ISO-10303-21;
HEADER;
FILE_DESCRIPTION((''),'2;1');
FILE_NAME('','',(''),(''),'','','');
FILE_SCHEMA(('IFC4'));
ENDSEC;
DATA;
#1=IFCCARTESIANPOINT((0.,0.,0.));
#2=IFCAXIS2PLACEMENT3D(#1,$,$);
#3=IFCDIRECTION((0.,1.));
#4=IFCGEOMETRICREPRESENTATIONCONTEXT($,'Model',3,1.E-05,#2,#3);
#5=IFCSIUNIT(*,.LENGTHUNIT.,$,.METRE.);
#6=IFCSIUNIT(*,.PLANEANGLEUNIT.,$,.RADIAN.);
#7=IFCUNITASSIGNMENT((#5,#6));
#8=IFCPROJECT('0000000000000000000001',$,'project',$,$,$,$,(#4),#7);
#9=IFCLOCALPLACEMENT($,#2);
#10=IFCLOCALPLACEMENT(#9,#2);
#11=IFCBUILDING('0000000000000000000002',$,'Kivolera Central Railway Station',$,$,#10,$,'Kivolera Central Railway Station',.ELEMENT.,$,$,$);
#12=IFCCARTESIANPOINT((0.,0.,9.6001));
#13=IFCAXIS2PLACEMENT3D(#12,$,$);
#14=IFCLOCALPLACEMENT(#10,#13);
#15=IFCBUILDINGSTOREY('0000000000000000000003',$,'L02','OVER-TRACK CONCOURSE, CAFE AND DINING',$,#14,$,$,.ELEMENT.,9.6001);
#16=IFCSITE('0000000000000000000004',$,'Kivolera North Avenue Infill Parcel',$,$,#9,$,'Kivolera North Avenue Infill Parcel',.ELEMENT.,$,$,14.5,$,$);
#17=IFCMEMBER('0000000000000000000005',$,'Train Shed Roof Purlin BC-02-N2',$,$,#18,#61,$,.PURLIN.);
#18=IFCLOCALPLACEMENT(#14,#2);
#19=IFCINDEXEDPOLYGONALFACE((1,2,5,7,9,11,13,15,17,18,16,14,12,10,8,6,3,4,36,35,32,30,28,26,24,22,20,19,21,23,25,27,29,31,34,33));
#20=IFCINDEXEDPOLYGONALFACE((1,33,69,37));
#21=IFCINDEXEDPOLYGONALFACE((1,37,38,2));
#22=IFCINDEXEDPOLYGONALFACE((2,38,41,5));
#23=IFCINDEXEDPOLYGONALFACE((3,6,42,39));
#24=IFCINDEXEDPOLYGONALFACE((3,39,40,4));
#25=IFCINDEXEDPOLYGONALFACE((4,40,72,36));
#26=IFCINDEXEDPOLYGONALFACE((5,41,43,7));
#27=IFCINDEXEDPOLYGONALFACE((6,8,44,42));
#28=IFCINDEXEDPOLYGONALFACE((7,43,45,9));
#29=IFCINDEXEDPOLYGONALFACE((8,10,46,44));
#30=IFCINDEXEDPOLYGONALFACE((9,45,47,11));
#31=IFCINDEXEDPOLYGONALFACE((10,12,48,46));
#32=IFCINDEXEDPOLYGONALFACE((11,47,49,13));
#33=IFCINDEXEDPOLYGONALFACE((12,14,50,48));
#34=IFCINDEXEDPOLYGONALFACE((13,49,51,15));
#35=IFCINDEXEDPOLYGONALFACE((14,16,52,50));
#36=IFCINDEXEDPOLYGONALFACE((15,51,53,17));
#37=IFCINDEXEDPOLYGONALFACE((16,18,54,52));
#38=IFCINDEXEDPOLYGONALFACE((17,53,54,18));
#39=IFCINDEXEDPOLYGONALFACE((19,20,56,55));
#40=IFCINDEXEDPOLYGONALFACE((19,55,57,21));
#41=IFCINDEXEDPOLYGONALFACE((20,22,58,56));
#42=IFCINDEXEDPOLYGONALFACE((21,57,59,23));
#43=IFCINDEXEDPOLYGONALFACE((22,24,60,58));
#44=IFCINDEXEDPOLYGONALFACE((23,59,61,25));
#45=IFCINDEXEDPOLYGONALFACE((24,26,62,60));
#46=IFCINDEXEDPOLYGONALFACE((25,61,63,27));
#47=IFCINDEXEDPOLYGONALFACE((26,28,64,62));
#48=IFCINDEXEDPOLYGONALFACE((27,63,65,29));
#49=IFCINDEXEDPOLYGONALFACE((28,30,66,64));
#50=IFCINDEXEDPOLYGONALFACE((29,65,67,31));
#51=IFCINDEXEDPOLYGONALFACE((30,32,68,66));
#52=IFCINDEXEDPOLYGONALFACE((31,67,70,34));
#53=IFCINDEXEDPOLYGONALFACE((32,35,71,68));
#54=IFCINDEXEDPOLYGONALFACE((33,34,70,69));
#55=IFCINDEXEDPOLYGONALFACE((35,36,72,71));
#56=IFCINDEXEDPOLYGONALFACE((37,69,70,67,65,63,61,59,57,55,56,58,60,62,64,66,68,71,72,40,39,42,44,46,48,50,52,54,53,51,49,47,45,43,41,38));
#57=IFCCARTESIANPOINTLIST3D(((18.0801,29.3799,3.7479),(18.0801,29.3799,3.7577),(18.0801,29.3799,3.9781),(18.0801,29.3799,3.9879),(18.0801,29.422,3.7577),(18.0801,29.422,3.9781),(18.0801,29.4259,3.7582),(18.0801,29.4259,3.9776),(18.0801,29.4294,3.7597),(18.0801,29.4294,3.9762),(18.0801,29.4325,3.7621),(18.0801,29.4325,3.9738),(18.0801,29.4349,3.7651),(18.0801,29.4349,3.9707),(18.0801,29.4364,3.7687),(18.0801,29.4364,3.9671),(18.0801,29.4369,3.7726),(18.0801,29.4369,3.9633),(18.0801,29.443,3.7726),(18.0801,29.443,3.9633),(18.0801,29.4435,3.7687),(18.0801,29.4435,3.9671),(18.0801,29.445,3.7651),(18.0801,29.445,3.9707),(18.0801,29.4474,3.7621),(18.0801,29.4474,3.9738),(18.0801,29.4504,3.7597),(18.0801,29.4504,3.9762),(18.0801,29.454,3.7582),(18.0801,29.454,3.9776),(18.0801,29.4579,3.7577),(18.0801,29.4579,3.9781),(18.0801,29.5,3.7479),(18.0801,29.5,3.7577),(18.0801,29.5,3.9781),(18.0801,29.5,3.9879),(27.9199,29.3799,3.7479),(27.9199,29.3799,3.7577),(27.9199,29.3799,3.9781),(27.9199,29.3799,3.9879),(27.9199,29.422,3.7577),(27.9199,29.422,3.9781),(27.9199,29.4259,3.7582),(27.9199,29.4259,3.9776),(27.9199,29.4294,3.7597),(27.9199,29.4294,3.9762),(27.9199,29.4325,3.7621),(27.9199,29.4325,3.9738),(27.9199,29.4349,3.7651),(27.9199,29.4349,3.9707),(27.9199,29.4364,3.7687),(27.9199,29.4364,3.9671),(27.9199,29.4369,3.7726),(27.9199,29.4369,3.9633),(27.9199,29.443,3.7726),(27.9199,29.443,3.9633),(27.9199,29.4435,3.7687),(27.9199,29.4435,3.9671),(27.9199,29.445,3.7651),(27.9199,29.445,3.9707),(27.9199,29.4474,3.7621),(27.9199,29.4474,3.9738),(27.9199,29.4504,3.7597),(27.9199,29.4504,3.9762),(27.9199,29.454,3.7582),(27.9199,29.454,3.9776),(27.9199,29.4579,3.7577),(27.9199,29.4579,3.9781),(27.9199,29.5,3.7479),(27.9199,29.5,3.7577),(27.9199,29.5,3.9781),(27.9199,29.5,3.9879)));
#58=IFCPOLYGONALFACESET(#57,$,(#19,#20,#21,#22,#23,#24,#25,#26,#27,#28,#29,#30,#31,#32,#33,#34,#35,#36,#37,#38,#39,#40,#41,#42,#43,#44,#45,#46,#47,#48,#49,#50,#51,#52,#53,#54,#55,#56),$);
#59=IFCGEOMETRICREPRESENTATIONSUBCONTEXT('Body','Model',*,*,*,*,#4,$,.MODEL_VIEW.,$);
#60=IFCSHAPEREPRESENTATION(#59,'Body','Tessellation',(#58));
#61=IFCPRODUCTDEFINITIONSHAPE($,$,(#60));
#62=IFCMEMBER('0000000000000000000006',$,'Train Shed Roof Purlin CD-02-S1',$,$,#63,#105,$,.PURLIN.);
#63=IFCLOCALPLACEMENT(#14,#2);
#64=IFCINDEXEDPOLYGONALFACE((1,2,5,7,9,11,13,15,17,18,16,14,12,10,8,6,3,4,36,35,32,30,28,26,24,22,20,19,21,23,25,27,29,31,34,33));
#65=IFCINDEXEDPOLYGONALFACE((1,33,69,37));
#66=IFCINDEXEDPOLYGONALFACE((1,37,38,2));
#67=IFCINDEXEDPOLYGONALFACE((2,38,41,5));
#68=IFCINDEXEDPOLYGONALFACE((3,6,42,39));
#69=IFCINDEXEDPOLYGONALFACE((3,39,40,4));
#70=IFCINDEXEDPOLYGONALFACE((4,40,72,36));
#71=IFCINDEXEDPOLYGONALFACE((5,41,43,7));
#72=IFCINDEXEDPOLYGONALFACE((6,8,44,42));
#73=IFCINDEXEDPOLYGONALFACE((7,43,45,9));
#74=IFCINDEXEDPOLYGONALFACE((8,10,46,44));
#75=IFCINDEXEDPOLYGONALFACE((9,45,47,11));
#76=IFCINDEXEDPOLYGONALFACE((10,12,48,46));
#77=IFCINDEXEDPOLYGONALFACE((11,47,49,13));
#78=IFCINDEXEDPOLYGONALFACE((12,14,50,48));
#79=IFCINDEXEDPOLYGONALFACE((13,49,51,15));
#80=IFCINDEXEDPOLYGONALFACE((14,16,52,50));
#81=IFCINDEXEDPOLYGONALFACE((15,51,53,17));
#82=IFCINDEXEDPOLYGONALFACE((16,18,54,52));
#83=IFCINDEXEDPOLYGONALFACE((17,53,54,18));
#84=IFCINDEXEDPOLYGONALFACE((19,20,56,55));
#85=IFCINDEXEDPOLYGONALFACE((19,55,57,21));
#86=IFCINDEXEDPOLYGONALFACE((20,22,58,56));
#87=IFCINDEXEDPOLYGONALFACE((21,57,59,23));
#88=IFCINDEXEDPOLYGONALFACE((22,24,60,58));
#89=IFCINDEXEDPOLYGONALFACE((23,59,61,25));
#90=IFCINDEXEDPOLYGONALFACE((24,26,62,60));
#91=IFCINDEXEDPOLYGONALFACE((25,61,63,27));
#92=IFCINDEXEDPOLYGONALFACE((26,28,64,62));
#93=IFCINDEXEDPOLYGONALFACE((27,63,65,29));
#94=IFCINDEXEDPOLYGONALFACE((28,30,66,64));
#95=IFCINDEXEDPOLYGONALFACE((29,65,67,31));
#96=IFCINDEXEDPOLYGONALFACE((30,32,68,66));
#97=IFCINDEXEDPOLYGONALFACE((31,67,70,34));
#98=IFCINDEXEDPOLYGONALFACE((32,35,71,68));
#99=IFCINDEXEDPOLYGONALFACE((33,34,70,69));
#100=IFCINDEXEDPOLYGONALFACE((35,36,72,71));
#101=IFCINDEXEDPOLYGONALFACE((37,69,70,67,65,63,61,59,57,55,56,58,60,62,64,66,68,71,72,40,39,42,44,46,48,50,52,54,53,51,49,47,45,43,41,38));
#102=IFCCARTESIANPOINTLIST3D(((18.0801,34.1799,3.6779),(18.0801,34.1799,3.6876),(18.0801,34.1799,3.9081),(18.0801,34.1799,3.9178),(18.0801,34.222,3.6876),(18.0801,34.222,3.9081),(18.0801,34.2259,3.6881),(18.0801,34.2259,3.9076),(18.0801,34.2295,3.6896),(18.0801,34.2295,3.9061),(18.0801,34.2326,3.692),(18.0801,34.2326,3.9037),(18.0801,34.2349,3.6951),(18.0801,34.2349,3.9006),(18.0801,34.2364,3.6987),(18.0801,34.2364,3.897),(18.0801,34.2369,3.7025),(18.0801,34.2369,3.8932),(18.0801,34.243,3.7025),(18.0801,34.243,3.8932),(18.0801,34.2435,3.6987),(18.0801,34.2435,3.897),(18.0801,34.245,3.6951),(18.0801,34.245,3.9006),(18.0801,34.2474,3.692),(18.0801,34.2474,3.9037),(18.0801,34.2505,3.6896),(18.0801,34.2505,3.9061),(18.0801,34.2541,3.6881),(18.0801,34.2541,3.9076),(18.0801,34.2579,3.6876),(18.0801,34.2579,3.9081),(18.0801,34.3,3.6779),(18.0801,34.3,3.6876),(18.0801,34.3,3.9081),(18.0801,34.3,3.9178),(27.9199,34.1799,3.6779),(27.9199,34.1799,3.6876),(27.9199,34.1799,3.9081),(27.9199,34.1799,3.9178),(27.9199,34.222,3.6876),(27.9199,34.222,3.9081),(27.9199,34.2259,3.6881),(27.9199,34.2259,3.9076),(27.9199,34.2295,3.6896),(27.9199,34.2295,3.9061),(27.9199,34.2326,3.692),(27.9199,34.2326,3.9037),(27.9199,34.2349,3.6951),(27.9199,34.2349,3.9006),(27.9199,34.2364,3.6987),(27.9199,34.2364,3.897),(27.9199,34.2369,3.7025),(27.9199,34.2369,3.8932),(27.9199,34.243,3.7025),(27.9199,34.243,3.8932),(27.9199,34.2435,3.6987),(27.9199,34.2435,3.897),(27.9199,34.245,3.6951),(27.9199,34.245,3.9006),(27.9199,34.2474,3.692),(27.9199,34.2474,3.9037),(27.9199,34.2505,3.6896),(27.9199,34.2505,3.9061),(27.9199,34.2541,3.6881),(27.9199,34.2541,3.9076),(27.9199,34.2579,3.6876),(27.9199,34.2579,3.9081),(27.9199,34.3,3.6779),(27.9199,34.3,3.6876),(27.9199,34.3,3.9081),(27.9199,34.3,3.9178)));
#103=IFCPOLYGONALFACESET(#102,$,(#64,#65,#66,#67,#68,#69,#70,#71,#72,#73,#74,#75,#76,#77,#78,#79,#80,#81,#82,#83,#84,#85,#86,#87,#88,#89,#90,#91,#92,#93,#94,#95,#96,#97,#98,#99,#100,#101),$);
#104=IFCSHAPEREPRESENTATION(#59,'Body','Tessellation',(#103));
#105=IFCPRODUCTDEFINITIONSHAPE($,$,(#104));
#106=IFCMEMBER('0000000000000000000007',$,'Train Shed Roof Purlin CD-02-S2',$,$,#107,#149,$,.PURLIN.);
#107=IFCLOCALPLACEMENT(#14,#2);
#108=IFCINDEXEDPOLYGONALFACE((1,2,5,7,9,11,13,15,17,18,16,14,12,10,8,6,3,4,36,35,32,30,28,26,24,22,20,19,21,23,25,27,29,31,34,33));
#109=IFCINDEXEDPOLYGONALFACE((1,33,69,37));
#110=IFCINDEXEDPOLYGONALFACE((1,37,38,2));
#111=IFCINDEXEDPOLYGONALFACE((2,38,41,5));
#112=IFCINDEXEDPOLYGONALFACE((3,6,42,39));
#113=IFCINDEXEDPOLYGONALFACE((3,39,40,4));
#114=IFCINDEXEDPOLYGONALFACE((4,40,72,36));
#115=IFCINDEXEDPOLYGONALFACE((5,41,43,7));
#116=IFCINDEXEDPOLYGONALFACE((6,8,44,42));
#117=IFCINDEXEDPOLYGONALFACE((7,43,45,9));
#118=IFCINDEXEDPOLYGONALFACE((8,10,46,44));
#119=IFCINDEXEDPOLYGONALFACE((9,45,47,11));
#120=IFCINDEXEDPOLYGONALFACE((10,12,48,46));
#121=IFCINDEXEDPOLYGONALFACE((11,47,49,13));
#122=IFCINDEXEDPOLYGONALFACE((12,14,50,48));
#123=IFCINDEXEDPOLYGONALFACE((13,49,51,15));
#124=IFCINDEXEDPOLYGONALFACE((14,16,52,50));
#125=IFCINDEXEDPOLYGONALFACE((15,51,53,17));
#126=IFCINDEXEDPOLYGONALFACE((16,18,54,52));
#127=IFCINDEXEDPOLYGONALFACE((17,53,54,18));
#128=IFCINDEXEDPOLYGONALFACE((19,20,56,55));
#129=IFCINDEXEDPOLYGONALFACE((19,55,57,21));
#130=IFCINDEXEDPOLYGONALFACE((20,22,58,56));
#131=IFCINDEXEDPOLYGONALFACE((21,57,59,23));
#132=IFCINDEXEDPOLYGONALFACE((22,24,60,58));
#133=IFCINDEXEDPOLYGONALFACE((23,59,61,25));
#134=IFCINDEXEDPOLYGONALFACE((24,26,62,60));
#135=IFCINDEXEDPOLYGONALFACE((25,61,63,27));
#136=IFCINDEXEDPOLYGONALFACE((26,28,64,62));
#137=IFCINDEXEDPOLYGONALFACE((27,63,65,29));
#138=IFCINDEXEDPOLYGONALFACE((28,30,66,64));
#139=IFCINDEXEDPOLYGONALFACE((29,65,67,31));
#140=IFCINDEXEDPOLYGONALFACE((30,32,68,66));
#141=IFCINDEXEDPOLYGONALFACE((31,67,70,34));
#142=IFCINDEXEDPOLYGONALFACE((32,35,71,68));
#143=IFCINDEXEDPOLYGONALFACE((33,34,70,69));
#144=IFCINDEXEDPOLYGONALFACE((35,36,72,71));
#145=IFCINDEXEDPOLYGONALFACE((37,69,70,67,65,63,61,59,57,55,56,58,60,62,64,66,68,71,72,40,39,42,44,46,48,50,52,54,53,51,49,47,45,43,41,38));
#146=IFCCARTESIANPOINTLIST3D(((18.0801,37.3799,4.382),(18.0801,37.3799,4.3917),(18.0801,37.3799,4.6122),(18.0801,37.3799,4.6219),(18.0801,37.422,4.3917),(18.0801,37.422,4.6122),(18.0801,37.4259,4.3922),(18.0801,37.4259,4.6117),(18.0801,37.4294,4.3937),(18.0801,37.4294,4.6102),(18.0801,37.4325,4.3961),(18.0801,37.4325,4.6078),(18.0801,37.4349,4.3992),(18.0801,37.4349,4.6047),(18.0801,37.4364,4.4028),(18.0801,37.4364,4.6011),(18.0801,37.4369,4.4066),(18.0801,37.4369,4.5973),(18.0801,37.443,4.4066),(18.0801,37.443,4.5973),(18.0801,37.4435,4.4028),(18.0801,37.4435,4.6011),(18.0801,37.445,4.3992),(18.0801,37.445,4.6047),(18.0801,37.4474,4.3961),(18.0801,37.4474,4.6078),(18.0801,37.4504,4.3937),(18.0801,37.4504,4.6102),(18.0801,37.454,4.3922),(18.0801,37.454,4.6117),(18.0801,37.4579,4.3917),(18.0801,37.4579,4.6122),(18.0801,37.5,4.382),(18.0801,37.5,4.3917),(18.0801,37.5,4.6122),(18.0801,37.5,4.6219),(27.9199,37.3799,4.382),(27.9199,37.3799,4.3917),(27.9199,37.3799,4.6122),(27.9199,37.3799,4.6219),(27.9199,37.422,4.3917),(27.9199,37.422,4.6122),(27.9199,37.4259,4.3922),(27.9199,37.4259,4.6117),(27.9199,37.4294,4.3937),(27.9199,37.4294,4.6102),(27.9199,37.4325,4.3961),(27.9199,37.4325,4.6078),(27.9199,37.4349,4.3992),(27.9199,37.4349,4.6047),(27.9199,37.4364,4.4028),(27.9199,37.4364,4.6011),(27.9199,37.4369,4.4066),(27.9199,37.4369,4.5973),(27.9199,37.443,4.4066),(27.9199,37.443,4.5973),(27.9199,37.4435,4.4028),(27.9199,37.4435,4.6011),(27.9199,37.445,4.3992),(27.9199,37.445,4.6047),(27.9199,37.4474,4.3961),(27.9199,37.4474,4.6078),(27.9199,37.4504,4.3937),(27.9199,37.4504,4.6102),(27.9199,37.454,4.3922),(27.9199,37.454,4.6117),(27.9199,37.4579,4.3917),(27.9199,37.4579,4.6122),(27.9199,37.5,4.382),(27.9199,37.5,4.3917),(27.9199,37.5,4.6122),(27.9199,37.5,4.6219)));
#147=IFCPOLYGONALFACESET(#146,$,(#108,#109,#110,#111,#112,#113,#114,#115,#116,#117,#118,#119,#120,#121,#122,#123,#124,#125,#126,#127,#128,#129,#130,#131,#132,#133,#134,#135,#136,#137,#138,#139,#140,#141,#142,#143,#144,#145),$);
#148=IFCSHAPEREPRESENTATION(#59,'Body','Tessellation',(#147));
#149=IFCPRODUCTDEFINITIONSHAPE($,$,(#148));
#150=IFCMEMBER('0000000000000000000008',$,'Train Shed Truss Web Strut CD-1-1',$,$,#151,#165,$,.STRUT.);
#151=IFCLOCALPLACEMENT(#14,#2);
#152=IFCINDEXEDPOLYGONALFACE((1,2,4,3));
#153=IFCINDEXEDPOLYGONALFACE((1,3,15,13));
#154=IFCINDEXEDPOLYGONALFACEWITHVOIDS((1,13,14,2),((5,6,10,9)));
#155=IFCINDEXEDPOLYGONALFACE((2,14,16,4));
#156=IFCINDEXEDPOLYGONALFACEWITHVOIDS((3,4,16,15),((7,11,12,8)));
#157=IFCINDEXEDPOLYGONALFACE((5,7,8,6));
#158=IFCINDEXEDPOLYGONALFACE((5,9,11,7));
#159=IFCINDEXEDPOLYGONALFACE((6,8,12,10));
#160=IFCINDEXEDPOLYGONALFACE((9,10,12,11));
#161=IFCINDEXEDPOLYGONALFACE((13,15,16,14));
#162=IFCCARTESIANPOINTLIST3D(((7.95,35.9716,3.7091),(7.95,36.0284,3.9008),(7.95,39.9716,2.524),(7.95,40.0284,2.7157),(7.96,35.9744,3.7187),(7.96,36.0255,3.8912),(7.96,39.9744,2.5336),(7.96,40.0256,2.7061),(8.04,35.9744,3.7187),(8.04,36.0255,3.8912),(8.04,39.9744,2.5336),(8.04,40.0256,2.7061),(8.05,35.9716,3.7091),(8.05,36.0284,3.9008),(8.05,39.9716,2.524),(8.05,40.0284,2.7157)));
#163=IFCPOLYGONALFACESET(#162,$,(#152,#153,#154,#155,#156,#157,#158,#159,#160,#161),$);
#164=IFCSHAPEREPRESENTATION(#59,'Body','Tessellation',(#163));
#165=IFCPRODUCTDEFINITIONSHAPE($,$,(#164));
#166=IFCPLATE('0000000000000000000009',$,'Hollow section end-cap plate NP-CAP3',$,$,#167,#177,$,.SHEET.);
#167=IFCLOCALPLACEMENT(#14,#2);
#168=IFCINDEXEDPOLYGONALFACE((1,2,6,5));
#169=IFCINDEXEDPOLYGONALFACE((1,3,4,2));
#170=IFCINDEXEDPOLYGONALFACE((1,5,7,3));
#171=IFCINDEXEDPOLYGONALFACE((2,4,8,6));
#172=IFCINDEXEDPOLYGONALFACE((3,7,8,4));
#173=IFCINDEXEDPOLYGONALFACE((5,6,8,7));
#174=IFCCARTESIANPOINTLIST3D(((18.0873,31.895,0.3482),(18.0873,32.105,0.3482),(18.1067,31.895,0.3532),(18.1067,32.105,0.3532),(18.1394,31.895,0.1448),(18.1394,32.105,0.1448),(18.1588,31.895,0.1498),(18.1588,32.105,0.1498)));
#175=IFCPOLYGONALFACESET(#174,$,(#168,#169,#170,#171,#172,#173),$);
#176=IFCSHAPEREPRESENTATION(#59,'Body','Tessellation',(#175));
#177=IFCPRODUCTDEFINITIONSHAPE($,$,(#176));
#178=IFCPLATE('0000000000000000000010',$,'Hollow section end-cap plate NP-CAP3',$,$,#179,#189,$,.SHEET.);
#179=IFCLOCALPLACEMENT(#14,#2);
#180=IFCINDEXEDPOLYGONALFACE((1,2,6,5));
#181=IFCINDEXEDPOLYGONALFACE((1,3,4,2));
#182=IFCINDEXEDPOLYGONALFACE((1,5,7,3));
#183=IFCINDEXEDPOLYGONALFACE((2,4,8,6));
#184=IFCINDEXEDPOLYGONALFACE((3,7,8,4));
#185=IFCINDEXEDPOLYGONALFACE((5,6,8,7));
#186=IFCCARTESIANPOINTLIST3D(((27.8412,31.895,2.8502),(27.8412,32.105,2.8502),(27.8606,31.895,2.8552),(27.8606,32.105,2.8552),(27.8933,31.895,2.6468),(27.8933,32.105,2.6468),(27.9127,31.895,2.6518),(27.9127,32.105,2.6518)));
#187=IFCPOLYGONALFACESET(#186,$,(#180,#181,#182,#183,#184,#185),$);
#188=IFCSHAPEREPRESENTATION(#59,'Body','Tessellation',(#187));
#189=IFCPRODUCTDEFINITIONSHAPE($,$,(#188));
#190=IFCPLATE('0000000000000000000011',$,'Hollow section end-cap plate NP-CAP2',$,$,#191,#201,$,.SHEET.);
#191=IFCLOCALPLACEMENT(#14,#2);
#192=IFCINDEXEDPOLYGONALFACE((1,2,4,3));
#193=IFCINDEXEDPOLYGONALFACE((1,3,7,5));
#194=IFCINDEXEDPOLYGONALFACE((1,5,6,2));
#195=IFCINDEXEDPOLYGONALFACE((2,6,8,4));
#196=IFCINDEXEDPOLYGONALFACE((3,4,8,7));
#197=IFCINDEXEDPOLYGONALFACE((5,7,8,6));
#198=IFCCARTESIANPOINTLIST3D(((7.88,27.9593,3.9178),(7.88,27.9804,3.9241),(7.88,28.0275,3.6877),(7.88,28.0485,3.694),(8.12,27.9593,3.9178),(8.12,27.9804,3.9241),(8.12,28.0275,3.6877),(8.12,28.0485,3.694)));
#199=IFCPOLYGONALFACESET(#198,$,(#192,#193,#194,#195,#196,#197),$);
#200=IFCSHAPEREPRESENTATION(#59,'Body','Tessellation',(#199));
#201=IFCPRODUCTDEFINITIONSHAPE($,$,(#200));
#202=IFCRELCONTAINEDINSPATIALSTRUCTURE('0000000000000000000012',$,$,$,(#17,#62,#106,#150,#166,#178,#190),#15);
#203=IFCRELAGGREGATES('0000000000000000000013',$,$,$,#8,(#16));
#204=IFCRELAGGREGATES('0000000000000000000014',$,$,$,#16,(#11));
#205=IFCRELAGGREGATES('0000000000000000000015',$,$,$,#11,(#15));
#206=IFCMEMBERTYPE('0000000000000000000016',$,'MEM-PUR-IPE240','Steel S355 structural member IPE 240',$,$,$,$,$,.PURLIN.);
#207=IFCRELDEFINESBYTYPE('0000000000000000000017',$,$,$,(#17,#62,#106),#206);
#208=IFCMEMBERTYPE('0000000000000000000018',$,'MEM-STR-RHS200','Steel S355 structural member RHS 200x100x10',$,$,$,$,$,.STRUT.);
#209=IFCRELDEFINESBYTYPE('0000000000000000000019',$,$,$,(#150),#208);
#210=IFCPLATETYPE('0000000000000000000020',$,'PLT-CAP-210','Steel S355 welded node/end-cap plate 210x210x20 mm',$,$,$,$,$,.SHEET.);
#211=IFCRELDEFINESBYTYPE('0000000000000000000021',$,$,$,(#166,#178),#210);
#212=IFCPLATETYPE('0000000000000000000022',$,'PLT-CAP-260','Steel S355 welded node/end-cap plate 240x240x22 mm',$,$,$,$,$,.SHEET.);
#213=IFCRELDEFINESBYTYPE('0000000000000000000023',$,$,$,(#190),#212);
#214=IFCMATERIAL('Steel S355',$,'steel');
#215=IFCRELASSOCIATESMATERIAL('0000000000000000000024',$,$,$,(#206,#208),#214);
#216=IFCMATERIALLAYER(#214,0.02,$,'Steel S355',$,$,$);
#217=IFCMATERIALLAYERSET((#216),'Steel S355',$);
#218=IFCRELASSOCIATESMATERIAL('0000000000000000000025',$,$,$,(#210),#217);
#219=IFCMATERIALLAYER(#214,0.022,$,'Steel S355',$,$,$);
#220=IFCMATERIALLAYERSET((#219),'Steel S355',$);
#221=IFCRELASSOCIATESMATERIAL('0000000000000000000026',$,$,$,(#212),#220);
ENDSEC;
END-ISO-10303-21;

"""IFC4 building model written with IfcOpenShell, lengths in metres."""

from ifc_helpers import new_model, si_unit, direction, frame, origin, origin_2d, place, context, subcontext, project, spatial, rectangle, hollow_rectangle, i_section, extrude, material, layer, layer_set, material_profile, profile_set, type_object, element, save


model = new_model("IFC4")

# Units and contexts
model_context = context("Model", 3, precision=1e-05, world=origin(), true_north=direction((0.0, 1.0)))
body_context = subcontext(model_context, "Body", "Model", "MODEL_VIEW")
ifc_project = project(units=[si_unit("LENGTHUNIT", "METRE"), si_unit("PLANEANGLEUNIT", "RADIAN")], contexts=[model_context])

# Site, building, storey
site_placement = place(None, origin())
site = spatial("IfcSite", under=ifc_project, at=site_placement, Name="Kivolera North Avenue Infill Parcel", LongName="Kivolera North Avenue Infill Parcel", CompositionType="ELEMENT", RefElevation=14.5)
building_placement = place(site_placement, origin())
building = spatial("IfcBuilding", under=site, at=building_placement, Name="Kivolera Central Railway Station", LongName="Kivolera Central Railway Station", CompositionType="ELEMENT")
storey_placement = place(building_placement, frame((0.0, 0.0, 9.6001)))
storey = spatial("IfcBuildingStorey", under=building, at=storey_placement, Name="L02", Description="OVER-TRACK CONCOURSE, CAFE AND DINING", CompositionType="ELEMENT", Elevation=9.6001)

# Shared definitions
ifc_material_1 = material(Name="Steel S355", Category="steel")

# Members
ifc_material_profile_1 = material_profile(ifc_material_1, i_section(OverallWidth=0.1201, OverallDepth=0.24, WebThickness=0.0061, FlangeThickness=0.0098, FilletRadius=0.0149, at=origin_2d()), Name="IPE 240")
ifc_profile_set_1 = profile_set([ifc_material_profile_1], Name="Steel S355")
member_type_1 = type_object("IfcMemberType", Name="MEM-PUR-IPE240", Description="Steel S355 structural member IPE 240", PredefinedType="PURLIN", material=ifc_profile_set_1)
for number, where, z_axis, x_axis, name in (
    (1, (18.0801, 29.4399, 3.8679), (1.0, 0.0, 0.0), (0.0, 1.0, 0.0), "Train Shed Roof Purlin BC-02-N2"),
    (2, (18.0801, 34.24, 3.7979), (1.0, 0.0, 0.0), (0.0, 1.0, 0.0), "Train Shed Roof Purlin CD-02-S1"),
    (3, (18.0801, 37.4399, 4.502), (1.0, 0.0, 0.0), (0.0, 1.0, 0.0), "Train Shed Roof Purlin CD-02-S2"),
):
    element("IfcMember", number, at=place(storey_placement, frame(where, z_axis=z_axis, x_axis=x_axis)), inside=storey, type_object=member_type_1, Name=name, PredefinedType="PURLIN", context=body_context, shape_type="SweptSolid", body=[
        extrude(i_section(OverallWidth=0.1201, OverallDepth=0.24, WebThickness=0.0061, FlangeThickness=0.0098, FilletRadius=0.0149, at=origin_2d()), origin(), (0.0, 0.0, 1.0), 9.8398),
    ])
ifc_material_profile_2 = material_profile(ifc_material_1, hollow_rectangle(XDim=0.1001, YDim=0.2, WallThickness=0.01, at=origin_2d()), Name="RHS 200x100x10")
ifc_profile_set_2 = profile_set([ifc_material_profile_2], Name="Steel S355")
member_type_2 = type_object("IfcMemberType", Name="MEM-STR-RHS200", Description="Steel S355 structural member RHS 200x100x10", PredefinedType="STRUT", material=ifc_profile_set_2)
member_1_placement = place(storey_placement, frame((8.0, 40.0, 2.6199), z_axis=(0.0, -0.958806, 0.28406), x_axis=(1.0, 0.0, 0.0)))
element("IfcMember", 4, at=member_1_placement, inside=storey, type_object=member_type_2, Name="Train Shed Truss Web Strut CD-1-1", PredefinedType="STRUT", context=body_context, shape_type="SweptSolid", body=[
    extrude(hollow_rectangle(XDim=0.1001, YDim=0.2, WallThickness=0.01, at=origin_2d()), origin(), (0.0, 0.0, 1.0), 4.1719),
])

# Plates
ifc_layer_1 = layer(ifc_material_1, 0.02, Name="Steel S355")
ifc_layer_set_1 = layer_set([ifc_layer_1], Name="Steel S355")
plate_type_1 = type_object("IfcPlateType", Name="PLT-CAP-210", Description="Steel S355 welded node/end-cap plate 210x210x20 mm", PredefinedType="SHEET", material=ifc_layer_set_1)
for number, where, z_axis, x_axis, name in (
    (5, (18.123, 32.0, 0.249), (0.968639, 0.0, 0.248471), (0.0, 1.0, 0.0), "Hollow section end-cap plate NP-CAP3"),
    (6, (27.877, 32.0, 2.751), (0.968639, 0.0, 0.248471), (0.0, 1.0, 0.0), "Hollow section end-cap plate NP-CAP3"),
):
    element("IfcPlate", number, at=place(storey_placement, frame(where, z_axis=z_axis, x_axis=x_axis)), inside=storey, type_object=plate_type_1, Name=name, PredefinedType="SHEET", context=body_context, shape_type="SweptSolid", body=[
        extrude(rectangle(XDim=0.21, YDim=0.21, at=origin_2d()), frame((0.0, 0.0, -0.01)), (0.0, 0.0, 1.0), 0.02),
    ])
ifc_layer_2 = layer(ifc_material_1, 0.022, Name="Steel S355")
ifc_layer_set_2 = layer_set([ifc_layer_2], Name="Steel S355")
plate_type_2 = type_object("IfcPlateType", Name="PLT-CAP-260", Description="Steel S355 welded node/end-cap plate 240x240x22 mm", PredefinedType="SHEET", material=ifc_layer_set_2)
for number, where, z_axis, x_axis, name in (
    (7, (8.0, 28.0039, 3.8059), (0.0, 0.95881, 0.284048), (-1.0, 0.0, 0.0), "Hollow section end-cap plate NP-CAP2"),
):
    element("IfcPlate", number, at=place(storey_placement, frame(where, z_axis=z_axis, x_axis=x_axis)), inside=storey, type_object=plate_type_2, Name=name, PredefinedType="SHEET", context=body_context, shape_type="SweptSolid", body=[
        extrude(rectangle(XDim=0.24, YDim=0.24, at=origin_2d()), frame((0.0, 0.0, -0.011)), (0.0, 0.0, 1.0), 0.022),
    ])

save(model, "model.ifc")
